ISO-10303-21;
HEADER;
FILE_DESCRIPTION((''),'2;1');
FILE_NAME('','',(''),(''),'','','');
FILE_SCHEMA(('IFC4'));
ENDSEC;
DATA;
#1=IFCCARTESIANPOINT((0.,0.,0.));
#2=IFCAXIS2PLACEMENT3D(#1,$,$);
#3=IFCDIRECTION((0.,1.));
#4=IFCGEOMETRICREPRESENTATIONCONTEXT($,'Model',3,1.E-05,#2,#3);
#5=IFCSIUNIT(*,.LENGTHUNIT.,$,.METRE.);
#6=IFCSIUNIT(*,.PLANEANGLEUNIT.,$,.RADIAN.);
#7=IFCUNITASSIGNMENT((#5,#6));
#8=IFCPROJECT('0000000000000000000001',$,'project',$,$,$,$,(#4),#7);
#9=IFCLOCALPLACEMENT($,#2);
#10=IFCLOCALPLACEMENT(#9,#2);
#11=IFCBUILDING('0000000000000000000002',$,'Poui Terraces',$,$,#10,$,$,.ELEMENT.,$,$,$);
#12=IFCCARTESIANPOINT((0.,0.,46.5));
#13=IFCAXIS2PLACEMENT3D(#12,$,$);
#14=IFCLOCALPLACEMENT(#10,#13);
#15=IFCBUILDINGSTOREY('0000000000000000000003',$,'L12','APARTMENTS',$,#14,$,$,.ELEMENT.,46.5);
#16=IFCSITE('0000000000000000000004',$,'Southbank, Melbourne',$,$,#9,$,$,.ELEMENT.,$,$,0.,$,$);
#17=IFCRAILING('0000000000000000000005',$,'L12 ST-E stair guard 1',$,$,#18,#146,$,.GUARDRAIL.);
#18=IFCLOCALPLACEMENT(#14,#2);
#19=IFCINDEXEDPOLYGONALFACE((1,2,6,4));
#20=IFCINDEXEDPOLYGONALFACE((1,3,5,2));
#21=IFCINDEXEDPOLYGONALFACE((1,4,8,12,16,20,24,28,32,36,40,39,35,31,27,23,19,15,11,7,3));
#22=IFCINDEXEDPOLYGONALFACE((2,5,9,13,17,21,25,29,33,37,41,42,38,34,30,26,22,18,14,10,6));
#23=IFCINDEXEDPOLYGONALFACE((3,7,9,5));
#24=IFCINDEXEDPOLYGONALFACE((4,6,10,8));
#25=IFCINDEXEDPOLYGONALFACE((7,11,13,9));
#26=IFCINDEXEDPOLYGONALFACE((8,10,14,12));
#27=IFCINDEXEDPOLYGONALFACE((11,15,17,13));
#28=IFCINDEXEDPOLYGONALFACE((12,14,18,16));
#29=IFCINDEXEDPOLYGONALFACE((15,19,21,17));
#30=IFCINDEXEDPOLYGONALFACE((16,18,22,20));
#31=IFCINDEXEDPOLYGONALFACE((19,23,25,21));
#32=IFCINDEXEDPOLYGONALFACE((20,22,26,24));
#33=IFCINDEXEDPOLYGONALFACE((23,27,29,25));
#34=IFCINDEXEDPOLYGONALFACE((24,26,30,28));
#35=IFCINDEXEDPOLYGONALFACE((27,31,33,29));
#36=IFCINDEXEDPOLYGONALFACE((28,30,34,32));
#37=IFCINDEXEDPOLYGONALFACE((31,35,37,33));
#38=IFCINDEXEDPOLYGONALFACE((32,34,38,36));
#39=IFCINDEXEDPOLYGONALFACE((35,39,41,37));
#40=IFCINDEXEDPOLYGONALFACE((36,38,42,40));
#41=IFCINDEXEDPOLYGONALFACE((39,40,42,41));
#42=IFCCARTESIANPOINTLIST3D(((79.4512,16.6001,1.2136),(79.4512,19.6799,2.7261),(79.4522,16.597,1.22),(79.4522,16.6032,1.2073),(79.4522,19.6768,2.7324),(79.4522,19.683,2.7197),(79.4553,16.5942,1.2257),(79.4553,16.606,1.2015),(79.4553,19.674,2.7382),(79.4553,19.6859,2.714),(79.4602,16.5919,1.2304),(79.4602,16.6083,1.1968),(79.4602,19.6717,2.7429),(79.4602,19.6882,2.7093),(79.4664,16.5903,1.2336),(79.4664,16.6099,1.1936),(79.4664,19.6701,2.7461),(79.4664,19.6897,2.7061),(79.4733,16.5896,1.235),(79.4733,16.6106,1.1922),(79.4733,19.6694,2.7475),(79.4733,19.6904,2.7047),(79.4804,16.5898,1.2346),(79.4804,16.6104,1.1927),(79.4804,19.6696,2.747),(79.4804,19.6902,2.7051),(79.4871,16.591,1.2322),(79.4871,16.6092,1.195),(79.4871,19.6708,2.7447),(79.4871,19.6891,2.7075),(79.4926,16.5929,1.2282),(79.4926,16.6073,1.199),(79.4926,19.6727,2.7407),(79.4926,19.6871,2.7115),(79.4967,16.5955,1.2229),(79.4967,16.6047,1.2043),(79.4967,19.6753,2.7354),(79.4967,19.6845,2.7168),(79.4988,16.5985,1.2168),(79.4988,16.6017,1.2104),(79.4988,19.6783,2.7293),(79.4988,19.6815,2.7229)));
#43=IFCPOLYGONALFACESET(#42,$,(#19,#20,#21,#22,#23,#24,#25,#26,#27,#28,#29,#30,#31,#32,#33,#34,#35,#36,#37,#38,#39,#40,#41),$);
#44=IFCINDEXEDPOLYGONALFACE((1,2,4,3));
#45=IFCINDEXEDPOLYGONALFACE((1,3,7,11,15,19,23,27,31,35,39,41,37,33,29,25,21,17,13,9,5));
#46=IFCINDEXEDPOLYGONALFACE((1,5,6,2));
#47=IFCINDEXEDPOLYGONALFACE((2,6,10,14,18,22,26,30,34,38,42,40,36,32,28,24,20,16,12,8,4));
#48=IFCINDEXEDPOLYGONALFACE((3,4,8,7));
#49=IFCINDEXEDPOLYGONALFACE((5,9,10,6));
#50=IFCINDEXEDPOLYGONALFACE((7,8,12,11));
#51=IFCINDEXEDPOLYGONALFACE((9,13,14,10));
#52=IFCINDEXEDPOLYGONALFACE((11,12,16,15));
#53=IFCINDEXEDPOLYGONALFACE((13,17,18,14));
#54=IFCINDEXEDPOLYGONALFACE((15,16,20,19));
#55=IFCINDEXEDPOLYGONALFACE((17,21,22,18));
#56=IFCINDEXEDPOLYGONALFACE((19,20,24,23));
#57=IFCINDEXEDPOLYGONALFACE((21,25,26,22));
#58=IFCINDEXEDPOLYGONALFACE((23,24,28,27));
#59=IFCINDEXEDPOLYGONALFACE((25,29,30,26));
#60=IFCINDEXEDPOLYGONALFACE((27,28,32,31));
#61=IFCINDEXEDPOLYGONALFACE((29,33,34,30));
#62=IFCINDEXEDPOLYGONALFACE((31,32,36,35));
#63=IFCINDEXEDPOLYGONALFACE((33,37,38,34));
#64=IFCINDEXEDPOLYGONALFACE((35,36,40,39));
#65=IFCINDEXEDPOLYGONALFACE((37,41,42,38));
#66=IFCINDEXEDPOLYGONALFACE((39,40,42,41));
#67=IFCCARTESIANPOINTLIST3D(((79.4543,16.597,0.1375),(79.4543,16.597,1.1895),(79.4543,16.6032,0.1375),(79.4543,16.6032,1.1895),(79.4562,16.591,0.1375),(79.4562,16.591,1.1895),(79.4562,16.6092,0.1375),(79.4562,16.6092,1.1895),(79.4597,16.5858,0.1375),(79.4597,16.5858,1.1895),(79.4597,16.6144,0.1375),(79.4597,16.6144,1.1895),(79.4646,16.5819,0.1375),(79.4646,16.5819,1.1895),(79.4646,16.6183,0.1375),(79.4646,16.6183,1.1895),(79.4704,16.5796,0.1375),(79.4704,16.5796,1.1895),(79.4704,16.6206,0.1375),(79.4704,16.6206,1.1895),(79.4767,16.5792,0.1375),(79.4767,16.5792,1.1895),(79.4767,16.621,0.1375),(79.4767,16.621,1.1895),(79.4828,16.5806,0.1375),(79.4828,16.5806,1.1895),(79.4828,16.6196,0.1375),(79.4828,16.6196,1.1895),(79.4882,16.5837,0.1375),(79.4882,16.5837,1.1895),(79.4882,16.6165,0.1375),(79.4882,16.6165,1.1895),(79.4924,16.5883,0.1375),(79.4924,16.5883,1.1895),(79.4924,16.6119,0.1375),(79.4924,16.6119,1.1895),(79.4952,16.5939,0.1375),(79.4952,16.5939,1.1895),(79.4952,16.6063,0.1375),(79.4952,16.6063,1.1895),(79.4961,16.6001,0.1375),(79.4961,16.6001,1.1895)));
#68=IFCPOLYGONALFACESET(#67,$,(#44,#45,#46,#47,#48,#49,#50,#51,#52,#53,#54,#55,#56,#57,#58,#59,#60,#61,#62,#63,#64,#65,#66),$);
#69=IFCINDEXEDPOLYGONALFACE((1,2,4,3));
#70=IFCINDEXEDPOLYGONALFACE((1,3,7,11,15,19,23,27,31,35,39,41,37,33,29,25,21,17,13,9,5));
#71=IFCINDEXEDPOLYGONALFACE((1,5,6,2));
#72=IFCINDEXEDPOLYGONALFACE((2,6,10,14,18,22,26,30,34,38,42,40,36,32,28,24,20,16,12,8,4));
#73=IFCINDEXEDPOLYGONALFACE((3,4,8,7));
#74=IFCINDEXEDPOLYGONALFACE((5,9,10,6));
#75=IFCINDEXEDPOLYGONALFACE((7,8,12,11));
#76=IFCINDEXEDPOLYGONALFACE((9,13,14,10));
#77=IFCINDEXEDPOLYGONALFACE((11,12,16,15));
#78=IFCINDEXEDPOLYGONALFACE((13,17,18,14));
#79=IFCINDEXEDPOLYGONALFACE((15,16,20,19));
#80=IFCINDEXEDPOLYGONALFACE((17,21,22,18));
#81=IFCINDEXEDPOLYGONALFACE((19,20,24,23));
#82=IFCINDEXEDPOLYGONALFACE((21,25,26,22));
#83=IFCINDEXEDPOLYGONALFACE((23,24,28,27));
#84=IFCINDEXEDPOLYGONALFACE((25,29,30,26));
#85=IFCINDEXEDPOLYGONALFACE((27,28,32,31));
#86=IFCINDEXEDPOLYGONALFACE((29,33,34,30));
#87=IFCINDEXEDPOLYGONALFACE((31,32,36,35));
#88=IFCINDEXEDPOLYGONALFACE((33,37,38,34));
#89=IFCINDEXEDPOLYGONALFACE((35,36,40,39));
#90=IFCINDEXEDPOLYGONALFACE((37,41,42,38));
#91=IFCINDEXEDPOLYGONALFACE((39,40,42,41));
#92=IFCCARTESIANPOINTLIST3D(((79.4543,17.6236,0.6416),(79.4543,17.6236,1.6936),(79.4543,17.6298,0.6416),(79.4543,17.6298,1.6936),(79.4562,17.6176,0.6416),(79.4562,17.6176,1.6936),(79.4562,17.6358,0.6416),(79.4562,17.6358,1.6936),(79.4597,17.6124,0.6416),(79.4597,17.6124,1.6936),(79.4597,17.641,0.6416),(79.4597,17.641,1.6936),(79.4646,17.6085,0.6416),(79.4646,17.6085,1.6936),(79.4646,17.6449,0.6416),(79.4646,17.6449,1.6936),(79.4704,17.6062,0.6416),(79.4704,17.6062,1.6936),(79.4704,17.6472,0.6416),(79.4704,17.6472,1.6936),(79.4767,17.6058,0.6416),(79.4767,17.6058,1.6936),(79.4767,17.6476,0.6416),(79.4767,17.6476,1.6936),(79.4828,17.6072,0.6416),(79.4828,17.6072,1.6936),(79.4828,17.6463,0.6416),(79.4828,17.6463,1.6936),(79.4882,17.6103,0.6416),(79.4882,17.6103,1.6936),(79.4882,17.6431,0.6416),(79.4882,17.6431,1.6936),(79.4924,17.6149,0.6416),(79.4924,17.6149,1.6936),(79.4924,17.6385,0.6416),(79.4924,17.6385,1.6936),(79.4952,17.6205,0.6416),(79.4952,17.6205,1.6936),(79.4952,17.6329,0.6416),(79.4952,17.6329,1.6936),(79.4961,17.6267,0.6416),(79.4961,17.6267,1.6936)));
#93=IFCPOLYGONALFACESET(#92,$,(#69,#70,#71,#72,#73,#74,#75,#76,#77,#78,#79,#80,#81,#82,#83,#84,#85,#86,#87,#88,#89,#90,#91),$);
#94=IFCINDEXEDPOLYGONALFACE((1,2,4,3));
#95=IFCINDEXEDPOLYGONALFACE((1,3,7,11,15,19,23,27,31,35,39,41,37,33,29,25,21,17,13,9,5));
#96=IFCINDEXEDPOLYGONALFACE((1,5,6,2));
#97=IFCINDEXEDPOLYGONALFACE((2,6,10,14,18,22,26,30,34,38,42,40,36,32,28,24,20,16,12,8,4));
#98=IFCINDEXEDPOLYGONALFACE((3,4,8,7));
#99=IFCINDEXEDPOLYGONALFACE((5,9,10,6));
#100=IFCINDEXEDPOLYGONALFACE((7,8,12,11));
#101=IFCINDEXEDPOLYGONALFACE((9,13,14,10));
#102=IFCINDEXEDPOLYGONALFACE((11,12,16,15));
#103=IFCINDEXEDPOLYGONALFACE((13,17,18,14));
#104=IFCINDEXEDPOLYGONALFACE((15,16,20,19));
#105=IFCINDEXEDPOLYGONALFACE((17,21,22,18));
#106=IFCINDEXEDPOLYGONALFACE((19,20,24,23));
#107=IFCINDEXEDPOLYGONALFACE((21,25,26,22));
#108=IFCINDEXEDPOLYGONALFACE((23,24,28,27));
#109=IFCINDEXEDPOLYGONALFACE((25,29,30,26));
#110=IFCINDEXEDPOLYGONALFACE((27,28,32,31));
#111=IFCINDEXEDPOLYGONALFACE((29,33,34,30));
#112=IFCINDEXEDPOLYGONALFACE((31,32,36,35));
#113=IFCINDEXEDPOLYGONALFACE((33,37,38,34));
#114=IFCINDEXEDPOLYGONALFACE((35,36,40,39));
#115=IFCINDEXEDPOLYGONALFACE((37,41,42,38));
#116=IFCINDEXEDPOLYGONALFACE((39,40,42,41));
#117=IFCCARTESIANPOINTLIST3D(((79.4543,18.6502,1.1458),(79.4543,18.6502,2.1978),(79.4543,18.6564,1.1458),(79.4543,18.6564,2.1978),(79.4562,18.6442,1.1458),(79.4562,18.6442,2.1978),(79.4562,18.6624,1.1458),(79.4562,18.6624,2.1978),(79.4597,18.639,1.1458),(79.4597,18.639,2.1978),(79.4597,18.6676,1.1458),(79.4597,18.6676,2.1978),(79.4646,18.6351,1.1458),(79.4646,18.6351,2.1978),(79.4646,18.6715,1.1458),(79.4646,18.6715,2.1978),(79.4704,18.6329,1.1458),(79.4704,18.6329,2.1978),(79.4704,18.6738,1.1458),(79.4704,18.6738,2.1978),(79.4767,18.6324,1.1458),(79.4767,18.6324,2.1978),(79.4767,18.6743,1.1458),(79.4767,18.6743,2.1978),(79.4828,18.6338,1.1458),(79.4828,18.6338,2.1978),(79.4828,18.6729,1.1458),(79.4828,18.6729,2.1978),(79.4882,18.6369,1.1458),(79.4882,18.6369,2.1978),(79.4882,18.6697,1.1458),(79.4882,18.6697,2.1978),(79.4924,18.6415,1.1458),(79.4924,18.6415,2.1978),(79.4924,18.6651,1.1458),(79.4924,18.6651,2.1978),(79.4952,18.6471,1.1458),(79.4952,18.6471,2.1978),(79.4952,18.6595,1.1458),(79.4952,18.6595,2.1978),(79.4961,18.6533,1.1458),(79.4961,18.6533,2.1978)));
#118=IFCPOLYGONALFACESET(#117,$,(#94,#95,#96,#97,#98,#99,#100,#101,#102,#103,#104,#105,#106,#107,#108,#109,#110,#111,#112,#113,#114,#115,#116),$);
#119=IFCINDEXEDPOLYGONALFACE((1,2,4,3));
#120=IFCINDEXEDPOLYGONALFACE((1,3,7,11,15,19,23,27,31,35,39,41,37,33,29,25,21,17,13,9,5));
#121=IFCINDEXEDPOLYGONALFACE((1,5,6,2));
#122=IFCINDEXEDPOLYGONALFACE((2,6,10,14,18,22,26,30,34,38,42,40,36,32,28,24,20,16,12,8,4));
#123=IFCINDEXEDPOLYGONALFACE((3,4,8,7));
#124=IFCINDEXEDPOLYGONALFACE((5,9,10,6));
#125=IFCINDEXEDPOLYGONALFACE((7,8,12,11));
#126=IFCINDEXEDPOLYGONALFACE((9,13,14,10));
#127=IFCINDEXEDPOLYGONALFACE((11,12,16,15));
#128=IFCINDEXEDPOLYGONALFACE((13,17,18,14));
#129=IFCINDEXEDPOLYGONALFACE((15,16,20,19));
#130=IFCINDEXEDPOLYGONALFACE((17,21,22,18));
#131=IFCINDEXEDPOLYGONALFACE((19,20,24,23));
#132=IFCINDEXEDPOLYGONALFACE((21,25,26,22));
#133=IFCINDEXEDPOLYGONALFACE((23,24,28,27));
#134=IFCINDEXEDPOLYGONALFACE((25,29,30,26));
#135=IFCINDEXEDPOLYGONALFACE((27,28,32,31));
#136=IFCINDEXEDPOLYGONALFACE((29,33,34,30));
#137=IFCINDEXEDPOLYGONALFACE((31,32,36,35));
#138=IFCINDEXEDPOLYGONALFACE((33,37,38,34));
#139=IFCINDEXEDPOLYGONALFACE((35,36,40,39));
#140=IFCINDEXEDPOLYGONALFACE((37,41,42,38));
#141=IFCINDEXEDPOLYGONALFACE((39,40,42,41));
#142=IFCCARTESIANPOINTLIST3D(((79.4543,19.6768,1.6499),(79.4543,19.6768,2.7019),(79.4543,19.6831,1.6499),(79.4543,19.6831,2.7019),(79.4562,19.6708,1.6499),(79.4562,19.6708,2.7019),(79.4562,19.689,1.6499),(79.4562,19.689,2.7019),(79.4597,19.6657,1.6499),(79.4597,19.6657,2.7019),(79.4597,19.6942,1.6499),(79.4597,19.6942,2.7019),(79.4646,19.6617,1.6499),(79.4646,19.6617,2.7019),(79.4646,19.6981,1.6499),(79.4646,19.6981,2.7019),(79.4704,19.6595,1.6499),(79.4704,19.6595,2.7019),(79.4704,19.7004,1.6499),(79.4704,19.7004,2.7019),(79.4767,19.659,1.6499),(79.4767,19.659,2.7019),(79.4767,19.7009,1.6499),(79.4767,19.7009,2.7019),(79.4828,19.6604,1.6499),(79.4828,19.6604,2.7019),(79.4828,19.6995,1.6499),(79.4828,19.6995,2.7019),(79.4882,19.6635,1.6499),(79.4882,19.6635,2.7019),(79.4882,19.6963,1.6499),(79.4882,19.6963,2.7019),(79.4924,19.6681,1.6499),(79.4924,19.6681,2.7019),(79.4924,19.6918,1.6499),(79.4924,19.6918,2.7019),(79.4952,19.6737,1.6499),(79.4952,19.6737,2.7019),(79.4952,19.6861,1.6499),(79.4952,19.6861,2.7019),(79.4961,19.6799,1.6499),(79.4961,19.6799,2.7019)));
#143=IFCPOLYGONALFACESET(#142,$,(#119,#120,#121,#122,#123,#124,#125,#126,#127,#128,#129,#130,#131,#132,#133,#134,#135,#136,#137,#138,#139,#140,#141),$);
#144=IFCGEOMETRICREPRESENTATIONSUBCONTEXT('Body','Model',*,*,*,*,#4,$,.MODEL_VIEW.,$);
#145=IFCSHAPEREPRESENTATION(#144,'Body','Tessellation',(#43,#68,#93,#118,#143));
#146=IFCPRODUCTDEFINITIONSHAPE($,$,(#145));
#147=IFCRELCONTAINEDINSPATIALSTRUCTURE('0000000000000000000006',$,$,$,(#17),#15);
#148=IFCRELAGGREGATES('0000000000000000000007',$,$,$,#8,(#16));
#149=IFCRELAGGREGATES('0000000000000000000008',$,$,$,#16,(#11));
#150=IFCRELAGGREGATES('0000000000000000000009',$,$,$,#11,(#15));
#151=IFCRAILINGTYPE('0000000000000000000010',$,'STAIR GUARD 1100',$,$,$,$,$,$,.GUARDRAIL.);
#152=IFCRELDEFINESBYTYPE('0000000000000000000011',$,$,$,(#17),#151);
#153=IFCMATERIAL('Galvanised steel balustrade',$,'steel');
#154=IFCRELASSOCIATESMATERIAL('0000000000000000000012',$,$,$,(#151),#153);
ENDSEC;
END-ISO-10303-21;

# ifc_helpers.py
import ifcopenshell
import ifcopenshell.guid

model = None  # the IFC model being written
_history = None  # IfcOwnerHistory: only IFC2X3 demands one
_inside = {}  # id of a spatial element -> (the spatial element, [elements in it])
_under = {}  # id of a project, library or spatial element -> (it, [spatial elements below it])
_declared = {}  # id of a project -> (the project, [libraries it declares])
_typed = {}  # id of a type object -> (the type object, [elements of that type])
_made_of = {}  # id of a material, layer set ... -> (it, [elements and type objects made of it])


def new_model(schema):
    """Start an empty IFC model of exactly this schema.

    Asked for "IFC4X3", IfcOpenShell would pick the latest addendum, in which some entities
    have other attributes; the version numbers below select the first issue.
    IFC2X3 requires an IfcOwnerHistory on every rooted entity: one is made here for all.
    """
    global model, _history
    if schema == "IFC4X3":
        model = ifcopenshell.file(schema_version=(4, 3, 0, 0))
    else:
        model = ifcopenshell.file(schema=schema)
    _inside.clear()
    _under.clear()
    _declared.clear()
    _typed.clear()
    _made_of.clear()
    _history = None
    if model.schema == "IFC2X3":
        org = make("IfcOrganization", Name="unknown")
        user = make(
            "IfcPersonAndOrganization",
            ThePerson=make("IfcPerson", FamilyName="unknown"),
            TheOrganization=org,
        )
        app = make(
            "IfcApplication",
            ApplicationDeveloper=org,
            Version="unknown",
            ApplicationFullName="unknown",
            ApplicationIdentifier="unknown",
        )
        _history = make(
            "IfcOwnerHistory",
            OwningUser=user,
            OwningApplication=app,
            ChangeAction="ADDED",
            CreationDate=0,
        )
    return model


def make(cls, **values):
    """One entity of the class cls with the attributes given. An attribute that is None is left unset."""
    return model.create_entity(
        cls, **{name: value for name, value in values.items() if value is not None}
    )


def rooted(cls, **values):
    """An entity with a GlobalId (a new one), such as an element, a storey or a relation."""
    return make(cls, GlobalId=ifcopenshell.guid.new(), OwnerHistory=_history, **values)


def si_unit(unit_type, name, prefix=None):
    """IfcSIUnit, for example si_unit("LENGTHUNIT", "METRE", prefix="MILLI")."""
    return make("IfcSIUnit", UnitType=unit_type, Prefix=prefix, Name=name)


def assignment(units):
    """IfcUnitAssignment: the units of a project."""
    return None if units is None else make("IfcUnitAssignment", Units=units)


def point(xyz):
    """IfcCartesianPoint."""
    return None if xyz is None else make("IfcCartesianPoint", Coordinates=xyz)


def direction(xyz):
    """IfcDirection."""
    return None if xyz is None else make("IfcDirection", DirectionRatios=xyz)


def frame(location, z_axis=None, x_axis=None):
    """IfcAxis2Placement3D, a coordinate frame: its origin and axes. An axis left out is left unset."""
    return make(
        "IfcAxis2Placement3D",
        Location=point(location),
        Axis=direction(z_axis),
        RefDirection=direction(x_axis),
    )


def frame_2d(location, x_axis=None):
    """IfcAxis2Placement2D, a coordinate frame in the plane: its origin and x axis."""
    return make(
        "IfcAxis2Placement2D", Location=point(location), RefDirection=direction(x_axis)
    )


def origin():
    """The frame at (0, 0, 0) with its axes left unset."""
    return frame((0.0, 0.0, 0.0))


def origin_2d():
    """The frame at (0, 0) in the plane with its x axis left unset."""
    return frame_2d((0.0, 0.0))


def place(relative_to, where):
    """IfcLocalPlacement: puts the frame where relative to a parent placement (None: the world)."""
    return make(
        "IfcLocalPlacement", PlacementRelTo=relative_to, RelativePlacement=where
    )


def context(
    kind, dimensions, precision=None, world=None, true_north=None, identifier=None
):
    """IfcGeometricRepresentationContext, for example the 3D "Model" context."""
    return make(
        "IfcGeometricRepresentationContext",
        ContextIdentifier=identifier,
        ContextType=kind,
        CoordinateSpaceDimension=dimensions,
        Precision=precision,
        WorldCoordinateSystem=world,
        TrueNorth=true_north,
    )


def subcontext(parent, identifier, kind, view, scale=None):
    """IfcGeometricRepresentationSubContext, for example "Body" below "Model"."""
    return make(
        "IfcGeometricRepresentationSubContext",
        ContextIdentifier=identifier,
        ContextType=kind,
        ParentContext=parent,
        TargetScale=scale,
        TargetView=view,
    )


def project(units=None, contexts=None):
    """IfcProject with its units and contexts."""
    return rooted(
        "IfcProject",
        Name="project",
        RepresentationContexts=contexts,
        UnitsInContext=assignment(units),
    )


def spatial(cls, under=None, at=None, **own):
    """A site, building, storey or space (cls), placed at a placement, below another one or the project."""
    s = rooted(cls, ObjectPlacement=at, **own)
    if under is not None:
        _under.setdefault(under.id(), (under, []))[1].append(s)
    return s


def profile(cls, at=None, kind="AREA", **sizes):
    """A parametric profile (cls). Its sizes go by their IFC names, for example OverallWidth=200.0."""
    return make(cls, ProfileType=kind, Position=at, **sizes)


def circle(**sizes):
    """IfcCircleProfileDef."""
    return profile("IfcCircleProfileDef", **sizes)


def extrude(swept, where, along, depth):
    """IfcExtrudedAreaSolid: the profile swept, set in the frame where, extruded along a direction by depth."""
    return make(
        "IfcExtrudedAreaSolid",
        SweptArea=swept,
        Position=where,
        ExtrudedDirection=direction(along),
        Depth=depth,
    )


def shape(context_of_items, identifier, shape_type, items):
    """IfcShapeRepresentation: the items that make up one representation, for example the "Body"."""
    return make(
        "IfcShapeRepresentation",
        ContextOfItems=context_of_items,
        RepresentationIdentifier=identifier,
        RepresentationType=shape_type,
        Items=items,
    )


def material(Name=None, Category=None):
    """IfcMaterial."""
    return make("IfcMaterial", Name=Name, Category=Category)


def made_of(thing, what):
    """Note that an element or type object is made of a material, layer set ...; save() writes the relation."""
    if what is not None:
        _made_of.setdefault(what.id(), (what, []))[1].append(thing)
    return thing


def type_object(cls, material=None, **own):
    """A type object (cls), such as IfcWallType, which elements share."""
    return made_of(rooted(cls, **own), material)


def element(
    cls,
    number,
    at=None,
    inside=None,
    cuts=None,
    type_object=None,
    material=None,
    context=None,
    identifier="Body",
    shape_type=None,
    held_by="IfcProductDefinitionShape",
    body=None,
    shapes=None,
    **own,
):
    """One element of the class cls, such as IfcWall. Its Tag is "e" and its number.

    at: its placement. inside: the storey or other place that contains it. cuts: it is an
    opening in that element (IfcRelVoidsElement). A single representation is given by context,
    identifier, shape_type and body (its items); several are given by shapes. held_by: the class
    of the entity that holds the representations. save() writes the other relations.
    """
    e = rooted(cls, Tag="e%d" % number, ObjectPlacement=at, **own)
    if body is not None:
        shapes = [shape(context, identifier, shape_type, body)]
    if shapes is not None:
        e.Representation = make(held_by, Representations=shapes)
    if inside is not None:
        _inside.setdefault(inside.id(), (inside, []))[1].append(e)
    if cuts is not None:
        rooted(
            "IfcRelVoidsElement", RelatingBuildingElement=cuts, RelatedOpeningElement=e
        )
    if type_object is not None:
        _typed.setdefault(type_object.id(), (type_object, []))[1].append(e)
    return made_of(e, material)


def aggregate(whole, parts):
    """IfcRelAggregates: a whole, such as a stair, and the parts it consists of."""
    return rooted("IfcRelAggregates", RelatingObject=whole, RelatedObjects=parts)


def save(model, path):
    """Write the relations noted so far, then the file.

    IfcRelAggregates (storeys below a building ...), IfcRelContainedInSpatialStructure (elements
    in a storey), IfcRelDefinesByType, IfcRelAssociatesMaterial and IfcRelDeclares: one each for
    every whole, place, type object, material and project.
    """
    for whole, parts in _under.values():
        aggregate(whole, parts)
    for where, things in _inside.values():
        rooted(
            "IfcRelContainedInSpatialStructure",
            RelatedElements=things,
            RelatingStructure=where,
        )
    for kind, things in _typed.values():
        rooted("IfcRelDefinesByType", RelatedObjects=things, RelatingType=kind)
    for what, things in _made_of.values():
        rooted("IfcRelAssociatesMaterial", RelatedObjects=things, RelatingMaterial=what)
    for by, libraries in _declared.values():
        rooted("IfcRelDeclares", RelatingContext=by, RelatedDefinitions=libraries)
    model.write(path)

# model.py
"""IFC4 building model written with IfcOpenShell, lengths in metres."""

from ifc_helpers import new_model, si_unit, direction, frame, origin, origin_2d, place, context, subcontext, project, spatial, circle, extrude, material, type_object, element, save


model = new_model("IFC4")

# Units and contexts
model_context = context("Model", 3, precision=1e-05, world=origin(), true_north=direction((0.0, 1.0)))
body_context = subcontext(model_context, "Body", "Model", "MODEL_VIEW")
ifc_project = project(units=[si_unit("LENGTHUNIT", "METRE"), si_unit("PLANEANGLEUNIT", "RADIAN")], contexts=[model_context])

# Site, building, storey
site_placement = place(None, origin())
site = spatial("IfcSite", under=ifc_project, at=site_placement, Name="Southbank, Melbourne", CompositionType="ELEMENT", RefElevation=0.0)
building_placement = place(site_placement, origin())
building = spatial("IfcBuilding", under=site, at=building_placement, Name="Poui Terraces", CompositionType="ELEMENT")
storey_placement = place(building_placement, frame((0.0, 0.0, 46.5)))
storey = spatial("IfcBuildingStorey", under=building, at=storey_placement, Name="L12", Description="APARTMENTS", CompositionType="ELEMENT", Elevation=46.5)

# Railing
ifc_material_1 = material(Name="Galvanised steel balustrade", Category="steel")
railing_type = type_object("IfcRailingType", Name="STAIR GUARD 1100", PredefinedType="GUARDRAIL", material=ifc_material_1)
railing_1_placement = place(storey_placement, frame((79.4751, 16.6001, 0.1375)))
element("IfcRailing", 1, at=railing_1_placement, inside=storey, type_object=railing_type, Name="L12 ST-E stair guard 1", PredefinedType="GUARDRAIL", context=body_context, shape_type="SweptSolid", body=[
    extrude(circle(Radius=0.0239, at=origin_2d()), frame((0.0, 0.0, 1.0762), z_axis=(0.0, 0.897606, 0.440798), x_axis=(-1.0, 0.0, 0.0)), (0.0, 0.0, 1.0), 3.4312),
    extrude(circle(Radius=0.021, at=origin_2d()), origin(), (0.0, 0.0, 1.0), 1.052),
    extrude(circle(Radius=0.021, at=origin_2d()), frame((0.0, 1.0266, 0.5042)), (0.0, 0.0, 1.0), 1.052),
    extrude(circle(Radius=0.021, at=origin_2d()), frame((0.0, 2.0532, 1.0083)), (0.0, 0.0, 1.0), 1.052),
    extrude(circle(Radius=0.021, at=origin_2d()), frame((0.0, 3.0798, 1.5125)), (0.0, 0.0, 1.0), 1.052),
])

save(model, "model.ifc")
